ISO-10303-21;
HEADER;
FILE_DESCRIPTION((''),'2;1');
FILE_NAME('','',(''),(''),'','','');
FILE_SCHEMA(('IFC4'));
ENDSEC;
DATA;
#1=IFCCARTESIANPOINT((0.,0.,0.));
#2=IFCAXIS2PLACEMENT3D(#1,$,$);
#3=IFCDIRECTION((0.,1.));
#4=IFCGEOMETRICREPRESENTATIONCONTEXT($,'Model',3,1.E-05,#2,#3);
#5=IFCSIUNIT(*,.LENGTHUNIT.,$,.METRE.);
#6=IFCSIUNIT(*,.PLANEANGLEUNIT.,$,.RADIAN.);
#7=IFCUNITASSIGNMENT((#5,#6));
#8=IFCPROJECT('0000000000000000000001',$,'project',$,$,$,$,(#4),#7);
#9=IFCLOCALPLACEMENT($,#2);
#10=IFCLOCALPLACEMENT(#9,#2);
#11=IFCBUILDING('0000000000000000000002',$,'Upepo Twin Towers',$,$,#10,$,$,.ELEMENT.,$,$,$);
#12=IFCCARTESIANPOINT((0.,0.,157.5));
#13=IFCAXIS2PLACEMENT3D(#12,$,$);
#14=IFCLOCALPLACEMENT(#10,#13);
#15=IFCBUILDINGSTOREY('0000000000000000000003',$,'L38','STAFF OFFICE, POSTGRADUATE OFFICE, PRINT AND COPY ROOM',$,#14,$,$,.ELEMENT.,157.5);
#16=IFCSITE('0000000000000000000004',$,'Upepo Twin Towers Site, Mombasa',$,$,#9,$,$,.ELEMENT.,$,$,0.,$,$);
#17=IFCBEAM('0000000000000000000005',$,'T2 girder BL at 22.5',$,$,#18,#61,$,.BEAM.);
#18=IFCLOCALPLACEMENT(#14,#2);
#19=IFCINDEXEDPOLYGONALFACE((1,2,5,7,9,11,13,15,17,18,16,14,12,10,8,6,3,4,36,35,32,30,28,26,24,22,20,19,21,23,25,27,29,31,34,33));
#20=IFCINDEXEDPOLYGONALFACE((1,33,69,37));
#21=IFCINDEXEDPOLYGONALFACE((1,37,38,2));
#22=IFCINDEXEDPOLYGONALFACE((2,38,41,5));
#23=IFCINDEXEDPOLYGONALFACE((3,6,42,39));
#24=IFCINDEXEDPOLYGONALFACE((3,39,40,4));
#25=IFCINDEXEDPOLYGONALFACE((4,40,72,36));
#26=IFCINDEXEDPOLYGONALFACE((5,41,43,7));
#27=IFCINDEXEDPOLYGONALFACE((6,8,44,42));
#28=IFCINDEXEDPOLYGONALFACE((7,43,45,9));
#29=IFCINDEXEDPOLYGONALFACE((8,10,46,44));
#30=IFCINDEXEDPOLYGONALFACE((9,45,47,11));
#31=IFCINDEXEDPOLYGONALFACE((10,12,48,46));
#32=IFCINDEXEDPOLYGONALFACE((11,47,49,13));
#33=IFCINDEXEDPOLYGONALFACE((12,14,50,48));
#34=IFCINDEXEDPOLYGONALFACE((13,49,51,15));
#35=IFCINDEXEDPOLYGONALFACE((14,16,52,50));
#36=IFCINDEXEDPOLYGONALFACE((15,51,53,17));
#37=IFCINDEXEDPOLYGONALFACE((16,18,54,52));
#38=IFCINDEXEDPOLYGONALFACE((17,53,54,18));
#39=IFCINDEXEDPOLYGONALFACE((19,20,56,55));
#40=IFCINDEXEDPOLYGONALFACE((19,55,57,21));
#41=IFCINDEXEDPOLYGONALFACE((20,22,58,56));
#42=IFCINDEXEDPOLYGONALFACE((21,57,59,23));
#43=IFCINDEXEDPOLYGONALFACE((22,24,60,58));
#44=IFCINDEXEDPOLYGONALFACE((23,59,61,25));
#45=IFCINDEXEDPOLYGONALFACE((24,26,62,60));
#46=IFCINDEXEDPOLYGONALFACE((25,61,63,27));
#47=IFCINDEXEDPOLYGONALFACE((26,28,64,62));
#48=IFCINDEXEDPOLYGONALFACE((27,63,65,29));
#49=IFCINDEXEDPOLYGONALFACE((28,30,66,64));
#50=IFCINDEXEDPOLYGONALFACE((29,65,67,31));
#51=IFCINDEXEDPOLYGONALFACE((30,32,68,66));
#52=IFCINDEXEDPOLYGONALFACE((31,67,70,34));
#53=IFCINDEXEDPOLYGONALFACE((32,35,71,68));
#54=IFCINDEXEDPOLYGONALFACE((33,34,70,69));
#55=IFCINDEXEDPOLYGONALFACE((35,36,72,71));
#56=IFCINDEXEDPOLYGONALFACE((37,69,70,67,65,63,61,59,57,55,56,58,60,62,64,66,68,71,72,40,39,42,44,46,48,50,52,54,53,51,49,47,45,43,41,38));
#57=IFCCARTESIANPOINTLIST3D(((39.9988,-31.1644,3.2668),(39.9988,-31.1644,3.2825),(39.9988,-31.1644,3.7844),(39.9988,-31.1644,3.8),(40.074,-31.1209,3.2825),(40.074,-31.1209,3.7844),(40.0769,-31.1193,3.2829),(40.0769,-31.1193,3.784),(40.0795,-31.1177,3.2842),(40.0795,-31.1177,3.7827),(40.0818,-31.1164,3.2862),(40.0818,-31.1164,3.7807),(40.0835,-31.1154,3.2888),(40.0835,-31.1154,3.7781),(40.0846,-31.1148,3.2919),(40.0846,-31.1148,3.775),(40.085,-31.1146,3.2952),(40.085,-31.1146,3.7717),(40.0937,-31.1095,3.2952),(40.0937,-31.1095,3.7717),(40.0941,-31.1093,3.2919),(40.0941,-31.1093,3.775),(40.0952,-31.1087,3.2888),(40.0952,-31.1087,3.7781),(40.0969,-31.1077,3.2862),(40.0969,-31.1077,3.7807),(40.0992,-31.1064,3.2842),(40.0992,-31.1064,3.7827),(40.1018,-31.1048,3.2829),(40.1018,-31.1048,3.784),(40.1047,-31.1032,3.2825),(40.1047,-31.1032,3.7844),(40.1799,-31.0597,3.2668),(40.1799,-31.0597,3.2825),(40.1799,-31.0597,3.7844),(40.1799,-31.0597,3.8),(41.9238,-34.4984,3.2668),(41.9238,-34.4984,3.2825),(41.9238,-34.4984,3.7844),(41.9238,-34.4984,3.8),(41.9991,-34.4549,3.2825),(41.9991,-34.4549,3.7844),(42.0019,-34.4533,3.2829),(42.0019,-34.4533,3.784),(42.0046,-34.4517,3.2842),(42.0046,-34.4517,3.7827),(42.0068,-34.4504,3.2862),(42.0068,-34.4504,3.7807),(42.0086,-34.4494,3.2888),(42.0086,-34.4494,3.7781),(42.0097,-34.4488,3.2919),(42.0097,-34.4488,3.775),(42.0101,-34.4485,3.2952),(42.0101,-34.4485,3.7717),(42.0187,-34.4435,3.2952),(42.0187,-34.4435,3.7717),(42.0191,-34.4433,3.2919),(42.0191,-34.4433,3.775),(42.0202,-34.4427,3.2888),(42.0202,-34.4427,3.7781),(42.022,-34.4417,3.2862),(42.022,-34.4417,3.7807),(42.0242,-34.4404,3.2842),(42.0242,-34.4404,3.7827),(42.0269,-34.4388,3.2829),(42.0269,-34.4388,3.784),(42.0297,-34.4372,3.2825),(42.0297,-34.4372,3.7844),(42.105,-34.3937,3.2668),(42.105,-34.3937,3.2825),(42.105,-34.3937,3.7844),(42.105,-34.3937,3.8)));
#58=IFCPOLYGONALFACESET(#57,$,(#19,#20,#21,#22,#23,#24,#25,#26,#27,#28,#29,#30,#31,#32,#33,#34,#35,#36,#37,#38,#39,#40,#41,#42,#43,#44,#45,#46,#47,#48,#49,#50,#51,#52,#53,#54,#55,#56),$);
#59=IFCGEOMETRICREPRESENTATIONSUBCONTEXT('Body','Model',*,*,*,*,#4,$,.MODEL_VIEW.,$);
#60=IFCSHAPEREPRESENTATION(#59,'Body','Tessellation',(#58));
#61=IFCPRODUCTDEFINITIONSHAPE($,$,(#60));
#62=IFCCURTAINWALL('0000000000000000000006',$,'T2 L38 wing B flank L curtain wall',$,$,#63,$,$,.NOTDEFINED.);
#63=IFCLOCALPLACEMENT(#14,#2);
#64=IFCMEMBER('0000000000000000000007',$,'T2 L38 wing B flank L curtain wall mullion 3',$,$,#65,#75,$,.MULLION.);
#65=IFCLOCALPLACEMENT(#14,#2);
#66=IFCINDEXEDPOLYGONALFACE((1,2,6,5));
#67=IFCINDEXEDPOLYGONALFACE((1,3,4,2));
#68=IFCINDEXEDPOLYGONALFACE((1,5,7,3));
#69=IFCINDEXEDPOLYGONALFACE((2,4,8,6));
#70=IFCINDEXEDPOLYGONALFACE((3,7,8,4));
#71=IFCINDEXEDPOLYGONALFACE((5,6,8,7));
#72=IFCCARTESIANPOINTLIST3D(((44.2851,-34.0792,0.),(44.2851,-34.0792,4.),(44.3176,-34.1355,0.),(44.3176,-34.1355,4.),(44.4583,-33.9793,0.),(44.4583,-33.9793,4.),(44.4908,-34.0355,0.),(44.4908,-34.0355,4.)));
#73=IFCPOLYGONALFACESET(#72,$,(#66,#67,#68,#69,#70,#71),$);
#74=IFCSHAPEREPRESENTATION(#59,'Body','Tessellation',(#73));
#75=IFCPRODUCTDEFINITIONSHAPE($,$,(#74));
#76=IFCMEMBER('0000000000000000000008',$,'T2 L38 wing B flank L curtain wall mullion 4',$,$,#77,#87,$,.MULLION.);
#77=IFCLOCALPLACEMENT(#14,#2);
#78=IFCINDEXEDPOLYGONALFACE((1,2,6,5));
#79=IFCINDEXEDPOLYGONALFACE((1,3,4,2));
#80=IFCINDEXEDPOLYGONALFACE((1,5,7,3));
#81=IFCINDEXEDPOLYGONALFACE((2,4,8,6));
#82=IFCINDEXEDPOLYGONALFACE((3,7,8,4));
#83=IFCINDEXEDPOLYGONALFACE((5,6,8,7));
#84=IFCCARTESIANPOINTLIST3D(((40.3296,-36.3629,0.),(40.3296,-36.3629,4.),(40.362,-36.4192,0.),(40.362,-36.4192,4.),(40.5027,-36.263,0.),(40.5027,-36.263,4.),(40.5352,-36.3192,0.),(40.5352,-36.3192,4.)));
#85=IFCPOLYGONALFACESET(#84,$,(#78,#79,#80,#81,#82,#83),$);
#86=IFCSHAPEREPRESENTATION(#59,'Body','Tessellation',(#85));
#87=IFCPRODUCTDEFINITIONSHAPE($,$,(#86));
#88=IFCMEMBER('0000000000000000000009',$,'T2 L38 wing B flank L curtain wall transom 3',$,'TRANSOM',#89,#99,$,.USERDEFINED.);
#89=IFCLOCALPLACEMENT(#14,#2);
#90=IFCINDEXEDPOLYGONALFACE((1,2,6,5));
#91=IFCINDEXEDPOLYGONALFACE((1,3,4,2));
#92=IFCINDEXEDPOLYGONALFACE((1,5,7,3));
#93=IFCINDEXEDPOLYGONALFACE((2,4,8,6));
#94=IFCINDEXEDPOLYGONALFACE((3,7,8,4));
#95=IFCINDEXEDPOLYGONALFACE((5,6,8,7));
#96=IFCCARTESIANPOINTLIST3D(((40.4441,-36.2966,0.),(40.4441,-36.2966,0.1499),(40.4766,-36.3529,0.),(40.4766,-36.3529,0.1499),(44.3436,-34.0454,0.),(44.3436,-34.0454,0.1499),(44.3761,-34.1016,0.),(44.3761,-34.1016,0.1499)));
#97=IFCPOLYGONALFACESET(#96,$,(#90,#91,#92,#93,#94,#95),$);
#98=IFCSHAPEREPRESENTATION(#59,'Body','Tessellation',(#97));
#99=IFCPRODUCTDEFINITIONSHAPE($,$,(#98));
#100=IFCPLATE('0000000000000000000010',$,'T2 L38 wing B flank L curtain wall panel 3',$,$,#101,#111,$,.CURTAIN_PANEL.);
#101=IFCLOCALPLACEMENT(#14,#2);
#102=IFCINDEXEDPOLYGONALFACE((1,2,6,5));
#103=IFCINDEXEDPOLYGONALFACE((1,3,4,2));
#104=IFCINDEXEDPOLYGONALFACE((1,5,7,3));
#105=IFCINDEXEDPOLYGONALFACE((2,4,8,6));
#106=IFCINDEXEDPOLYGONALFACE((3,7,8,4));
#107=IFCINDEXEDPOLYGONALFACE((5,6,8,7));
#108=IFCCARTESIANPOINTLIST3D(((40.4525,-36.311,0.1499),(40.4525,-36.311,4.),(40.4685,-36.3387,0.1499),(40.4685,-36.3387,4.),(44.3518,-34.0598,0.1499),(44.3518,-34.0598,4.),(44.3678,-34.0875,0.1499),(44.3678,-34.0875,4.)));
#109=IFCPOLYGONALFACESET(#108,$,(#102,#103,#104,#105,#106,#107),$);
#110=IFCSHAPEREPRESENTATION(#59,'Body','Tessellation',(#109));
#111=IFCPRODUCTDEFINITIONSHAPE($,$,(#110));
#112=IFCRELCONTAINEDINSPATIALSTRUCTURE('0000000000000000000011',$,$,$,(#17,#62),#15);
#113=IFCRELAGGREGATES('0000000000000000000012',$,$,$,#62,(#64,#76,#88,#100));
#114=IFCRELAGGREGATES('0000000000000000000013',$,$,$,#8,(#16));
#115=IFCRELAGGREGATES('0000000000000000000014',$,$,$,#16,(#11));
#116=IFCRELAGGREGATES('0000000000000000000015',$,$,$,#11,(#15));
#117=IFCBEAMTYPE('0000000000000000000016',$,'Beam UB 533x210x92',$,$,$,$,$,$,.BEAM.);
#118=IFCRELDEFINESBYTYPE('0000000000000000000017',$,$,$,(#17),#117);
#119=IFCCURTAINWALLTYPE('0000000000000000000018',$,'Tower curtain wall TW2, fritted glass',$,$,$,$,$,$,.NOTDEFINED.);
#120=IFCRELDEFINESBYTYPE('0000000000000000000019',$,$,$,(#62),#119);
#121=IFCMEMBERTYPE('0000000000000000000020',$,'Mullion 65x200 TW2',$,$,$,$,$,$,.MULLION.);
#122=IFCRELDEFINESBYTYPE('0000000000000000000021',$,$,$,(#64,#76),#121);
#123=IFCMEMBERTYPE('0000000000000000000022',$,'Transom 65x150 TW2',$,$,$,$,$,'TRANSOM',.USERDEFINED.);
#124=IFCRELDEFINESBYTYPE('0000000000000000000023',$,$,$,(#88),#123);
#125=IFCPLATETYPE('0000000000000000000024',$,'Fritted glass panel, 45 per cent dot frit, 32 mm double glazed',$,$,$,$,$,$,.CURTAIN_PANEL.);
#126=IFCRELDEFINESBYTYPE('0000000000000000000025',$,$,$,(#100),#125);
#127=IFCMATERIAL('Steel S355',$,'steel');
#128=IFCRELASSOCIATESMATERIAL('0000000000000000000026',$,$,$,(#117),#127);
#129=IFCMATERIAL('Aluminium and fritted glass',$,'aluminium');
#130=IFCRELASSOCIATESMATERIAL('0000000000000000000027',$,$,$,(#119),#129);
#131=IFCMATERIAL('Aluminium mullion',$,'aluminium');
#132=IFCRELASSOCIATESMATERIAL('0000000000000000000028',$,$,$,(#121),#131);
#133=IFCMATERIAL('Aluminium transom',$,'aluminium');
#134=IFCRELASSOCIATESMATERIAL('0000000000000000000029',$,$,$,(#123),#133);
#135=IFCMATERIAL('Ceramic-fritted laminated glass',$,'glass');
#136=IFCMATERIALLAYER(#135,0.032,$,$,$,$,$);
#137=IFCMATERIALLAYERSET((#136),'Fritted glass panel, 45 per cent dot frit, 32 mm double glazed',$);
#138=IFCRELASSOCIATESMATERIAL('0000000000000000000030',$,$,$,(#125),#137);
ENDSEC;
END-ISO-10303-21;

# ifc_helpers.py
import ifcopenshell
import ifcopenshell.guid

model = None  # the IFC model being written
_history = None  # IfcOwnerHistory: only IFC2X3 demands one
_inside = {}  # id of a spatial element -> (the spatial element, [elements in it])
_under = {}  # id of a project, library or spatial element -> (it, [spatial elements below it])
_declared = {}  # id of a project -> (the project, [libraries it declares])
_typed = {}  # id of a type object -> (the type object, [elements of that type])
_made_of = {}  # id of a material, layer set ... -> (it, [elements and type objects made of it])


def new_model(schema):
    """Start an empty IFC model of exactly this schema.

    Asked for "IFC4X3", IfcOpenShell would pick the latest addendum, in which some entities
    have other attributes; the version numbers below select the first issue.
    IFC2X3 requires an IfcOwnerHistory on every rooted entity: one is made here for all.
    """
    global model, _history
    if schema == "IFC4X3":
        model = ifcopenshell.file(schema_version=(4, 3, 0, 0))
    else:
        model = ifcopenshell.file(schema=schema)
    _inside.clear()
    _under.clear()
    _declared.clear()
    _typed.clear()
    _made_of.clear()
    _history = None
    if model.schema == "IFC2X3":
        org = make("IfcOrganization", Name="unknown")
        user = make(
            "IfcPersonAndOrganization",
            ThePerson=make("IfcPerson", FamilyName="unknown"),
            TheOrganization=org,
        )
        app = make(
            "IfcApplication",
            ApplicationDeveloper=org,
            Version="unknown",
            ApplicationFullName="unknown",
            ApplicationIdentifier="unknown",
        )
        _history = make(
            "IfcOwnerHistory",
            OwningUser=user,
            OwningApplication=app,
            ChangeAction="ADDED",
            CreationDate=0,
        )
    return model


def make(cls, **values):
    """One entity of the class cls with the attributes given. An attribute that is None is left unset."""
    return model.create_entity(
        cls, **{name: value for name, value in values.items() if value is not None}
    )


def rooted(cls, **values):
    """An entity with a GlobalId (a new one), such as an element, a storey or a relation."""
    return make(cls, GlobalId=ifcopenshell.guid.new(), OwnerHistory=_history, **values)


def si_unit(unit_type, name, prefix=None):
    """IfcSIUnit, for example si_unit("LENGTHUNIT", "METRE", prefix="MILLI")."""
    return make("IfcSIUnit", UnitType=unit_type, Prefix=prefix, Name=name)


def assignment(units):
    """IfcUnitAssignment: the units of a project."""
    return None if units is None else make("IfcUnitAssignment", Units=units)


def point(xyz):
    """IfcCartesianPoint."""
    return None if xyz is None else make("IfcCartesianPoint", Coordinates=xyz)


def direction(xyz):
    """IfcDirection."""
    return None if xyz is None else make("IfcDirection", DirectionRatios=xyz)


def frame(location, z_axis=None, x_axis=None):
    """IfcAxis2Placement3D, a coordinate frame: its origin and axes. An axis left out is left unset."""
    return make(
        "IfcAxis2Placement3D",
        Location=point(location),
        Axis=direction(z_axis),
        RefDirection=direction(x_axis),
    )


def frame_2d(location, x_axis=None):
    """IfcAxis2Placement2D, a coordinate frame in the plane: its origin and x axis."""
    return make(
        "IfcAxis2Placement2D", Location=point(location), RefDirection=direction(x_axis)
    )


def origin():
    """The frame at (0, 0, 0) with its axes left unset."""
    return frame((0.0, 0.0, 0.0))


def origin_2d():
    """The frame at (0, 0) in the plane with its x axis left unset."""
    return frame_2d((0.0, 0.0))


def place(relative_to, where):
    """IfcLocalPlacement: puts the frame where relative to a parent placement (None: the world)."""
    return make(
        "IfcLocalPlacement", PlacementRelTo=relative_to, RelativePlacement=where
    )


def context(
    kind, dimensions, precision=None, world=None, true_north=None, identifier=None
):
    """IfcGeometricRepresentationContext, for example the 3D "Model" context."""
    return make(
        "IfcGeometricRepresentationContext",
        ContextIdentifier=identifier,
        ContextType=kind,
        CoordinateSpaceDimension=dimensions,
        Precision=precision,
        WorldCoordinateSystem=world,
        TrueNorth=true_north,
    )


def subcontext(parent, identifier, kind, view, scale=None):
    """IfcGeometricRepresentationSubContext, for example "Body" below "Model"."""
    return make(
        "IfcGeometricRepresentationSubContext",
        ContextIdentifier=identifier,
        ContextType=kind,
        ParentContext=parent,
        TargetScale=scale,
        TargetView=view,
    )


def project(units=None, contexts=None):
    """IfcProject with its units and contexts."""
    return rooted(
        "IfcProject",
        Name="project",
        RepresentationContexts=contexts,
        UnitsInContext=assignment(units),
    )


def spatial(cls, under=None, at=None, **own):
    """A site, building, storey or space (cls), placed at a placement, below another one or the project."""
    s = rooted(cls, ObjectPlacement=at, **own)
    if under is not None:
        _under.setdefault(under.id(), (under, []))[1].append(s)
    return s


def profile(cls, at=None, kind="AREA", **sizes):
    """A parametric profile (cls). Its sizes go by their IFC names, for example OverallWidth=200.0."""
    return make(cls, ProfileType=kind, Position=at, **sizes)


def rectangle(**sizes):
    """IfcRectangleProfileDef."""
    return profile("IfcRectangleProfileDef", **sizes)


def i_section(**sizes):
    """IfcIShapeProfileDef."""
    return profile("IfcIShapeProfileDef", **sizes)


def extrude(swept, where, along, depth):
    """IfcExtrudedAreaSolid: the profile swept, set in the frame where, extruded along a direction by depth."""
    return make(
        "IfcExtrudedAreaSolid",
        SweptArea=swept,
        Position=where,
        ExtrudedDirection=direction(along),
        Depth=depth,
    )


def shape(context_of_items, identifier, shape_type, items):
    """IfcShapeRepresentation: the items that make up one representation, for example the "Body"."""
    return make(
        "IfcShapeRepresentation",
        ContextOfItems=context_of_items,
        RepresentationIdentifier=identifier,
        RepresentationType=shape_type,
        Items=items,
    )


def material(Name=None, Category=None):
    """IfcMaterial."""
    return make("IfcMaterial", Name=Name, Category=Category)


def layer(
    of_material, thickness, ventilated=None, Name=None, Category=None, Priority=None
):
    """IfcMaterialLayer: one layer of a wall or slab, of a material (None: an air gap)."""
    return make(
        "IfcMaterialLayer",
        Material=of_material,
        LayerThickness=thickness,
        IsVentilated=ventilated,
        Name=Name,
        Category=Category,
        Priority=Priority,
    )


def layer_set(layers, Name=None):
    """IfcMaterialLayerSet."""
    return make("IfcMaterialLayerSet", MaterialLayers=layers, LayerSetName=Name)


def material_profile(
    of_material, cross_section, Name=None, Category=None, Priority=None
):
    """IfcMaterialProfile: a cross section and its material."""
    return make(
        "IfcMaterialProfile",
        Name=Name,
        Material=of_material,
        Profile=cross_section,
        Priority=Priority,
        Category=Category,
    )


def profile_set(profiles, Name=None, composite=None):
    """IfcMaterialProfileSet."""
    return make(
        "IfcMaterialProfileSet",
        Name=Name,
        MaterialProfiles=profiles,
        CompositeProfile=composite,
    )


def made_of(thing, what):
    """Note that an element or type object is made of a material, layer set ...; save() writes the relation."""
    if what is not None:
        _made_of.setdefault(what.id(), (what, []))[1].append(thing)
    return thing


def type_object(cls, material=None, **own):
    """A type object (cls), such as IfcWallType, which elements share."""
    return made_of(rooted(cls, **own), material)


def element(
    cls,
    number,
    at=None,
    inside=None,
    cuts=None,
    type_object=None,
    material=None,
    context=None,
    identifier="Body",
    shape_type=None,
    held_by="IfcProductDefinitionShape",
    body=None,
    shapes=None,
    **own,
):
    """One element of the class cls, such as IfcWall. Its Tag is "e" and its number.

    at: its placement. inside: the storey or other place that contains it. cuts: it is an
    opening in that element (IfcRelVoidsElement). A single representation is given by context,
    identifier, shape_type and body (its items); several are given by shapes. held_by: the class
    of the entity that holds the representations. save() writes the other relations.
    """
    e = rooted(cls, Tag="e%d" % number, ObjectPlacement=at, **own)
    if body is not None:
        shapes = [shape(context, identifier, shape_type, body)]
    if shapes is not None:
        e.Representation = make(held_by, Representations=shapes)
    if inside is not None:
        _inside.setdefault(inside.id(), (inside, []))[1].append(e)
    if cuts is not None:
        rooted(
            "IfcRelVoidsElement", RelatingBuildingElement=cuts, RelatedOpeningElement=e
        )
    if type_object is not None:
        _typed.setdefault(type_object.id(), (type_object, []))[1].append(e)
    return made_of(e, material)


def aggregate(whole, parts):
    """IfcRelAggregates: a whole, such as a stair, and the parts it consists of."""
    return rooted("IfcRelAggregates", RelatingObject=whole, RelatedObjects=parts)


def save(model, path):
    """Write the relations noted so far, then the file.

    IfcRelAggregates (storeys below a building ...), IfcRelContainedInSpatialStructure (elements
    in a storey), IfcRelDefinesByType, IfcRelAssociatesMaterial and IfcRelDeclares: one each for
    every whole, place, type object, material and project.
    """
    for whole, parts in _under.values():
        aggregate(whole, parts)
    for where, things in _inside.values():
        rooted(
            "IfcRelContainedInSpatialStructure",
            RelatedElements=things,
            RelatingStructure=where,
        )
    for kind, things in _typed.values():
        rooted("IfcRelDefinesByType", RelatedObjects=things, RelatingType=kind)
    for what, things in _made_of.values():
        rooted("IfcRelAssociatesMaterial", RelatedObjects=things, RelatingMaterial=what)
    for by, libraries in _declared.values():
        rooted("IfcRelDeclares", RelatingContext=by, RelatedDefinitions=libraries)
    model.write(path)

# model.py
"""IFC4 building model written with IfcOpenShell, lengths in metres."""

from ifc_helpers import new_model, si_unit, direction, frame, origin, origin_2d, place, context, subcontext, project, spatial, rectangle, i_section, extrude, material, layer, layer_set, material_profile, profile_set, type_object, element, aggregate, save


model = new_model("IFC4")

# Units and contexts
model_context = context("Model", 3, precision=1e-05, world=origin(), true_north=direction((0.0, 1.0)))
body_context = subcontext(model_context, "Body", "Model", "MODEL_VIEW")
ifc_project = project(units=[si_unit("LENGTHUNIT", "METRE"), si_unit("PLANEANGLEUNIT", "RADIAN")], contexts=[model_context])

# Site, building, storey
site_placement = place(None, origin())
site = spatial("IfcSite", under=ifc_project, at=site_placement, Name="Upepo Twin Towers Site, Mombasa", CompositionType="ELEMENT", RefElevation=0.0)
building_placement = place(site_placement, origin())
building = spatial("IfcBuilding", under=site, at=building_placement, Name="Upepo Twin Towers", CompositionType="ELEMENT")
storey_placement = place(building_placement, frame((0.0, 0.0, 157.5)))
storey = spatial("IfcBuildingStorey", under=building, at=storey_placement, Name="L38", Description="STAFF OFFICE, POSTGRADUATE OFFICE, PRINT AND COPY ROOM", CompositionType="ELEMENT", Elevation=157.5)

# Beam
ifc_material_1 = material(Name="Steel S355", Category="steel")
ifc_material_profile_1 = material_profile(ifc_material_1, i_section(OverallWidth=0.2092, OverallDepth=0.5332, WebThickness=0.01, FlangeThickness=0.0156, FilletRadius=0.0127, at=origin_2d()), Name="UB 533x210x92")
ifc_profile_set_1 = profile_set([ifc_material_profile_1], Name="Steel S355")
beam_type_1 = type_object("IfcBeamType", Name="Beam UB 533x210x92", PredefinedType="BEAM", material=ifc_profile_set_1)
for number, where, z_axis, x_axis, name in (
    (1, (42.0144, -34.446, 3.5334), (-0.500034, 0.866006, 0.0), (-0.866006, -0.500034, 0.0), "T2 girder BL at 22.5"),
):
    element("IfcBeam", number, at=place(storey_placement, frame(where, z_axis=z_axis, x_axis=x_axis)), inside=storey, type_object=beam_type_1, Name=name, PredefinedType="BEAM", context=body_context, shape_type="SweptSolid", body=[
        extrude(i_section(OverallWidth=0.2092, OverallDepth=0.5332, WebThickness=0.01, FlangeThickness=0.0156, FilletRadius=0.0127, at=origin_2d()), origin(), (0.0, 0.0, 1.0), 3.8499),
    ])

# Curtain wall, members, plate
ifc_material_2 = material(Name="Aluminium and fritted glass", Category="aluminium")
curtain_wall_type = type_object("IfcCurtainWallType", Name="Tower curtain wall TW2, fritted glass", PredefinedType="NOTDEFINED", material=ifc_material_2)
curtain_wall_placement = place(storey_placement, origin())
curtain_wall = element("IfcCurtainWall", 2, at=curtain_wall_placement, inside=storey, type_object=curtain_wall_type, Name="T2 L38 wing B flank L curtain wall", PredefinedType="NOTDEFINED")
ifc_material_3 = material(Name="Aluminium mullion", Category="aluminium")
ifc_material_profile_2 = material_profile(ifc_material_3, rectangle(XDim=0.0649, YDim=0.2, at=origin_2d()), Name="MULLION 65x200")
ifc_profile_set_2 = profile_set([ifc_material_profile_2], Name="Aluminium mullion")
member_type_1 = type_object("IfcMemberType", Name="Mullion 65x200 TW2", PredefinedType="MULLION", material=ifc_profile_set_2)
member_1_placement = place(storey_placement, frame((44.3879, -34.0574, 0.0), z_axis=(0.0, 0.0, 1.0), x_axis=(0.5, -0.866025, 0.0)))
member_1 = element("IfcMember", 3, at=member_1_placement, type_object=member_type_1, Name="T2 L38 wing B flank L curtain wall mullion 3", PredefinedType="MULLION", context=body_context, shape_type="SweptSolid", body=[
    extrude(rectangle(XDim=0.0649, YDim=0.2, at=origin_2d()), origin(), (0.0, 0.0, 1.0), 4.0),
])
member_2_placement = place(storey_placement, frame((40.4324, -36.3411, 0.0), z_axis=(0.0, 0.0, 1.0), x_axis=(0.5, -0.866025, 0.0)))
member_2 = element("IfcMember", 4, at=member_2_placement, type_object=member_type_1, Name="T2 L38 wing B flank L curtain wall mullion 4", PredefinedType="MULLION", context=body_context, shape_type="SweptSolid", body=[
    extrude(rectangle(XDim=0.0649, YDim=0.2, at=origin_2d()), origin(), (0.0, 0.0, 1.0), 4.0),
])
ifc_material_4 = material(Name="Aluminium transom", Category="aluminium")
ifc_material_profile_3 = material_profile(ifc_material_4, rectangle(XDim=0.0649, YDim=0.1499, at=origin_2d()), Name="TRANSOM 65x150")
ifc_profile_set_3 = profile_set([ifc_material_profile_3], Name="Aluminium transom")
member_type_2 = type_object("IfcMemberType", Name="Transom 65x150 TW2", ElementType="TRANSOM", PredefinedType="USERDEFINED", material=ifc_profile_set_3)
member_3_placement = place(storey_placement, frame((44.3599, -34.0735, 0.075), z_axis=(-0.866036, -0.499982, 0.0), x_axis=(0.499982, -0.866036, 0.0)))
member_3 = element("IfcMember", 5, at=member_3_placement, type_object=member_type_2, Name="T2 L38 wing B flank L curtain wall transom 3", ObjectType="TRANSOM", PredefinedType="USERDEFINED", context=body_context, shape_type="SweptSolid", body=[
    extrude(rectangle(XDim=0.0649, YDim=0.1499, at=origin_2d()), origin(), (0.0, 0.0, 1.0), 4.5027),
])
ifc_material_5 = material(Name="Ceramic-fritted laminated glass", Category="glass")
ifc_layer_1 = layer(ifc_material_5, 0.032)
ifc_layer_set_1 = layer_set([ifc_layer_1], Name="Fritted glass panel, 45 per cent dot frit, 32 mm double glazed")
plate_type = type_object("IfcPlateType", Name="Fritted glass panel, 45 per cent dot frit, 32 mm double glazed", PredefinedType="CURTAIN_PANEL", material=ifc_layer_set_1)
plate_placement = place(storey_placement, frame((42.4102, -35.1992, 0.1499), z_axis=(0.0, 0.0, 1.0), x_axis=(-0.866025, -0.5, 0.0)))
plate = element("IfcPlate", 6, at=plate_placement, type_object=plate_type, Name="T2 L38 wing B flank L curtain wall panel 3", PredefinedType="CURTAIN_PANEL", context=body_context, shape_type="SweptSolid", body=[
    extrude(rectangle(XDim=4.5024, YDim=0.032, at=origin_2d()), origin(), (0.0, 0.0, 1.0), 3.8501),
])
aggregate(curtain_wall, [member_1, member_2, member_3, plate])

save(model, "model.ifc")
